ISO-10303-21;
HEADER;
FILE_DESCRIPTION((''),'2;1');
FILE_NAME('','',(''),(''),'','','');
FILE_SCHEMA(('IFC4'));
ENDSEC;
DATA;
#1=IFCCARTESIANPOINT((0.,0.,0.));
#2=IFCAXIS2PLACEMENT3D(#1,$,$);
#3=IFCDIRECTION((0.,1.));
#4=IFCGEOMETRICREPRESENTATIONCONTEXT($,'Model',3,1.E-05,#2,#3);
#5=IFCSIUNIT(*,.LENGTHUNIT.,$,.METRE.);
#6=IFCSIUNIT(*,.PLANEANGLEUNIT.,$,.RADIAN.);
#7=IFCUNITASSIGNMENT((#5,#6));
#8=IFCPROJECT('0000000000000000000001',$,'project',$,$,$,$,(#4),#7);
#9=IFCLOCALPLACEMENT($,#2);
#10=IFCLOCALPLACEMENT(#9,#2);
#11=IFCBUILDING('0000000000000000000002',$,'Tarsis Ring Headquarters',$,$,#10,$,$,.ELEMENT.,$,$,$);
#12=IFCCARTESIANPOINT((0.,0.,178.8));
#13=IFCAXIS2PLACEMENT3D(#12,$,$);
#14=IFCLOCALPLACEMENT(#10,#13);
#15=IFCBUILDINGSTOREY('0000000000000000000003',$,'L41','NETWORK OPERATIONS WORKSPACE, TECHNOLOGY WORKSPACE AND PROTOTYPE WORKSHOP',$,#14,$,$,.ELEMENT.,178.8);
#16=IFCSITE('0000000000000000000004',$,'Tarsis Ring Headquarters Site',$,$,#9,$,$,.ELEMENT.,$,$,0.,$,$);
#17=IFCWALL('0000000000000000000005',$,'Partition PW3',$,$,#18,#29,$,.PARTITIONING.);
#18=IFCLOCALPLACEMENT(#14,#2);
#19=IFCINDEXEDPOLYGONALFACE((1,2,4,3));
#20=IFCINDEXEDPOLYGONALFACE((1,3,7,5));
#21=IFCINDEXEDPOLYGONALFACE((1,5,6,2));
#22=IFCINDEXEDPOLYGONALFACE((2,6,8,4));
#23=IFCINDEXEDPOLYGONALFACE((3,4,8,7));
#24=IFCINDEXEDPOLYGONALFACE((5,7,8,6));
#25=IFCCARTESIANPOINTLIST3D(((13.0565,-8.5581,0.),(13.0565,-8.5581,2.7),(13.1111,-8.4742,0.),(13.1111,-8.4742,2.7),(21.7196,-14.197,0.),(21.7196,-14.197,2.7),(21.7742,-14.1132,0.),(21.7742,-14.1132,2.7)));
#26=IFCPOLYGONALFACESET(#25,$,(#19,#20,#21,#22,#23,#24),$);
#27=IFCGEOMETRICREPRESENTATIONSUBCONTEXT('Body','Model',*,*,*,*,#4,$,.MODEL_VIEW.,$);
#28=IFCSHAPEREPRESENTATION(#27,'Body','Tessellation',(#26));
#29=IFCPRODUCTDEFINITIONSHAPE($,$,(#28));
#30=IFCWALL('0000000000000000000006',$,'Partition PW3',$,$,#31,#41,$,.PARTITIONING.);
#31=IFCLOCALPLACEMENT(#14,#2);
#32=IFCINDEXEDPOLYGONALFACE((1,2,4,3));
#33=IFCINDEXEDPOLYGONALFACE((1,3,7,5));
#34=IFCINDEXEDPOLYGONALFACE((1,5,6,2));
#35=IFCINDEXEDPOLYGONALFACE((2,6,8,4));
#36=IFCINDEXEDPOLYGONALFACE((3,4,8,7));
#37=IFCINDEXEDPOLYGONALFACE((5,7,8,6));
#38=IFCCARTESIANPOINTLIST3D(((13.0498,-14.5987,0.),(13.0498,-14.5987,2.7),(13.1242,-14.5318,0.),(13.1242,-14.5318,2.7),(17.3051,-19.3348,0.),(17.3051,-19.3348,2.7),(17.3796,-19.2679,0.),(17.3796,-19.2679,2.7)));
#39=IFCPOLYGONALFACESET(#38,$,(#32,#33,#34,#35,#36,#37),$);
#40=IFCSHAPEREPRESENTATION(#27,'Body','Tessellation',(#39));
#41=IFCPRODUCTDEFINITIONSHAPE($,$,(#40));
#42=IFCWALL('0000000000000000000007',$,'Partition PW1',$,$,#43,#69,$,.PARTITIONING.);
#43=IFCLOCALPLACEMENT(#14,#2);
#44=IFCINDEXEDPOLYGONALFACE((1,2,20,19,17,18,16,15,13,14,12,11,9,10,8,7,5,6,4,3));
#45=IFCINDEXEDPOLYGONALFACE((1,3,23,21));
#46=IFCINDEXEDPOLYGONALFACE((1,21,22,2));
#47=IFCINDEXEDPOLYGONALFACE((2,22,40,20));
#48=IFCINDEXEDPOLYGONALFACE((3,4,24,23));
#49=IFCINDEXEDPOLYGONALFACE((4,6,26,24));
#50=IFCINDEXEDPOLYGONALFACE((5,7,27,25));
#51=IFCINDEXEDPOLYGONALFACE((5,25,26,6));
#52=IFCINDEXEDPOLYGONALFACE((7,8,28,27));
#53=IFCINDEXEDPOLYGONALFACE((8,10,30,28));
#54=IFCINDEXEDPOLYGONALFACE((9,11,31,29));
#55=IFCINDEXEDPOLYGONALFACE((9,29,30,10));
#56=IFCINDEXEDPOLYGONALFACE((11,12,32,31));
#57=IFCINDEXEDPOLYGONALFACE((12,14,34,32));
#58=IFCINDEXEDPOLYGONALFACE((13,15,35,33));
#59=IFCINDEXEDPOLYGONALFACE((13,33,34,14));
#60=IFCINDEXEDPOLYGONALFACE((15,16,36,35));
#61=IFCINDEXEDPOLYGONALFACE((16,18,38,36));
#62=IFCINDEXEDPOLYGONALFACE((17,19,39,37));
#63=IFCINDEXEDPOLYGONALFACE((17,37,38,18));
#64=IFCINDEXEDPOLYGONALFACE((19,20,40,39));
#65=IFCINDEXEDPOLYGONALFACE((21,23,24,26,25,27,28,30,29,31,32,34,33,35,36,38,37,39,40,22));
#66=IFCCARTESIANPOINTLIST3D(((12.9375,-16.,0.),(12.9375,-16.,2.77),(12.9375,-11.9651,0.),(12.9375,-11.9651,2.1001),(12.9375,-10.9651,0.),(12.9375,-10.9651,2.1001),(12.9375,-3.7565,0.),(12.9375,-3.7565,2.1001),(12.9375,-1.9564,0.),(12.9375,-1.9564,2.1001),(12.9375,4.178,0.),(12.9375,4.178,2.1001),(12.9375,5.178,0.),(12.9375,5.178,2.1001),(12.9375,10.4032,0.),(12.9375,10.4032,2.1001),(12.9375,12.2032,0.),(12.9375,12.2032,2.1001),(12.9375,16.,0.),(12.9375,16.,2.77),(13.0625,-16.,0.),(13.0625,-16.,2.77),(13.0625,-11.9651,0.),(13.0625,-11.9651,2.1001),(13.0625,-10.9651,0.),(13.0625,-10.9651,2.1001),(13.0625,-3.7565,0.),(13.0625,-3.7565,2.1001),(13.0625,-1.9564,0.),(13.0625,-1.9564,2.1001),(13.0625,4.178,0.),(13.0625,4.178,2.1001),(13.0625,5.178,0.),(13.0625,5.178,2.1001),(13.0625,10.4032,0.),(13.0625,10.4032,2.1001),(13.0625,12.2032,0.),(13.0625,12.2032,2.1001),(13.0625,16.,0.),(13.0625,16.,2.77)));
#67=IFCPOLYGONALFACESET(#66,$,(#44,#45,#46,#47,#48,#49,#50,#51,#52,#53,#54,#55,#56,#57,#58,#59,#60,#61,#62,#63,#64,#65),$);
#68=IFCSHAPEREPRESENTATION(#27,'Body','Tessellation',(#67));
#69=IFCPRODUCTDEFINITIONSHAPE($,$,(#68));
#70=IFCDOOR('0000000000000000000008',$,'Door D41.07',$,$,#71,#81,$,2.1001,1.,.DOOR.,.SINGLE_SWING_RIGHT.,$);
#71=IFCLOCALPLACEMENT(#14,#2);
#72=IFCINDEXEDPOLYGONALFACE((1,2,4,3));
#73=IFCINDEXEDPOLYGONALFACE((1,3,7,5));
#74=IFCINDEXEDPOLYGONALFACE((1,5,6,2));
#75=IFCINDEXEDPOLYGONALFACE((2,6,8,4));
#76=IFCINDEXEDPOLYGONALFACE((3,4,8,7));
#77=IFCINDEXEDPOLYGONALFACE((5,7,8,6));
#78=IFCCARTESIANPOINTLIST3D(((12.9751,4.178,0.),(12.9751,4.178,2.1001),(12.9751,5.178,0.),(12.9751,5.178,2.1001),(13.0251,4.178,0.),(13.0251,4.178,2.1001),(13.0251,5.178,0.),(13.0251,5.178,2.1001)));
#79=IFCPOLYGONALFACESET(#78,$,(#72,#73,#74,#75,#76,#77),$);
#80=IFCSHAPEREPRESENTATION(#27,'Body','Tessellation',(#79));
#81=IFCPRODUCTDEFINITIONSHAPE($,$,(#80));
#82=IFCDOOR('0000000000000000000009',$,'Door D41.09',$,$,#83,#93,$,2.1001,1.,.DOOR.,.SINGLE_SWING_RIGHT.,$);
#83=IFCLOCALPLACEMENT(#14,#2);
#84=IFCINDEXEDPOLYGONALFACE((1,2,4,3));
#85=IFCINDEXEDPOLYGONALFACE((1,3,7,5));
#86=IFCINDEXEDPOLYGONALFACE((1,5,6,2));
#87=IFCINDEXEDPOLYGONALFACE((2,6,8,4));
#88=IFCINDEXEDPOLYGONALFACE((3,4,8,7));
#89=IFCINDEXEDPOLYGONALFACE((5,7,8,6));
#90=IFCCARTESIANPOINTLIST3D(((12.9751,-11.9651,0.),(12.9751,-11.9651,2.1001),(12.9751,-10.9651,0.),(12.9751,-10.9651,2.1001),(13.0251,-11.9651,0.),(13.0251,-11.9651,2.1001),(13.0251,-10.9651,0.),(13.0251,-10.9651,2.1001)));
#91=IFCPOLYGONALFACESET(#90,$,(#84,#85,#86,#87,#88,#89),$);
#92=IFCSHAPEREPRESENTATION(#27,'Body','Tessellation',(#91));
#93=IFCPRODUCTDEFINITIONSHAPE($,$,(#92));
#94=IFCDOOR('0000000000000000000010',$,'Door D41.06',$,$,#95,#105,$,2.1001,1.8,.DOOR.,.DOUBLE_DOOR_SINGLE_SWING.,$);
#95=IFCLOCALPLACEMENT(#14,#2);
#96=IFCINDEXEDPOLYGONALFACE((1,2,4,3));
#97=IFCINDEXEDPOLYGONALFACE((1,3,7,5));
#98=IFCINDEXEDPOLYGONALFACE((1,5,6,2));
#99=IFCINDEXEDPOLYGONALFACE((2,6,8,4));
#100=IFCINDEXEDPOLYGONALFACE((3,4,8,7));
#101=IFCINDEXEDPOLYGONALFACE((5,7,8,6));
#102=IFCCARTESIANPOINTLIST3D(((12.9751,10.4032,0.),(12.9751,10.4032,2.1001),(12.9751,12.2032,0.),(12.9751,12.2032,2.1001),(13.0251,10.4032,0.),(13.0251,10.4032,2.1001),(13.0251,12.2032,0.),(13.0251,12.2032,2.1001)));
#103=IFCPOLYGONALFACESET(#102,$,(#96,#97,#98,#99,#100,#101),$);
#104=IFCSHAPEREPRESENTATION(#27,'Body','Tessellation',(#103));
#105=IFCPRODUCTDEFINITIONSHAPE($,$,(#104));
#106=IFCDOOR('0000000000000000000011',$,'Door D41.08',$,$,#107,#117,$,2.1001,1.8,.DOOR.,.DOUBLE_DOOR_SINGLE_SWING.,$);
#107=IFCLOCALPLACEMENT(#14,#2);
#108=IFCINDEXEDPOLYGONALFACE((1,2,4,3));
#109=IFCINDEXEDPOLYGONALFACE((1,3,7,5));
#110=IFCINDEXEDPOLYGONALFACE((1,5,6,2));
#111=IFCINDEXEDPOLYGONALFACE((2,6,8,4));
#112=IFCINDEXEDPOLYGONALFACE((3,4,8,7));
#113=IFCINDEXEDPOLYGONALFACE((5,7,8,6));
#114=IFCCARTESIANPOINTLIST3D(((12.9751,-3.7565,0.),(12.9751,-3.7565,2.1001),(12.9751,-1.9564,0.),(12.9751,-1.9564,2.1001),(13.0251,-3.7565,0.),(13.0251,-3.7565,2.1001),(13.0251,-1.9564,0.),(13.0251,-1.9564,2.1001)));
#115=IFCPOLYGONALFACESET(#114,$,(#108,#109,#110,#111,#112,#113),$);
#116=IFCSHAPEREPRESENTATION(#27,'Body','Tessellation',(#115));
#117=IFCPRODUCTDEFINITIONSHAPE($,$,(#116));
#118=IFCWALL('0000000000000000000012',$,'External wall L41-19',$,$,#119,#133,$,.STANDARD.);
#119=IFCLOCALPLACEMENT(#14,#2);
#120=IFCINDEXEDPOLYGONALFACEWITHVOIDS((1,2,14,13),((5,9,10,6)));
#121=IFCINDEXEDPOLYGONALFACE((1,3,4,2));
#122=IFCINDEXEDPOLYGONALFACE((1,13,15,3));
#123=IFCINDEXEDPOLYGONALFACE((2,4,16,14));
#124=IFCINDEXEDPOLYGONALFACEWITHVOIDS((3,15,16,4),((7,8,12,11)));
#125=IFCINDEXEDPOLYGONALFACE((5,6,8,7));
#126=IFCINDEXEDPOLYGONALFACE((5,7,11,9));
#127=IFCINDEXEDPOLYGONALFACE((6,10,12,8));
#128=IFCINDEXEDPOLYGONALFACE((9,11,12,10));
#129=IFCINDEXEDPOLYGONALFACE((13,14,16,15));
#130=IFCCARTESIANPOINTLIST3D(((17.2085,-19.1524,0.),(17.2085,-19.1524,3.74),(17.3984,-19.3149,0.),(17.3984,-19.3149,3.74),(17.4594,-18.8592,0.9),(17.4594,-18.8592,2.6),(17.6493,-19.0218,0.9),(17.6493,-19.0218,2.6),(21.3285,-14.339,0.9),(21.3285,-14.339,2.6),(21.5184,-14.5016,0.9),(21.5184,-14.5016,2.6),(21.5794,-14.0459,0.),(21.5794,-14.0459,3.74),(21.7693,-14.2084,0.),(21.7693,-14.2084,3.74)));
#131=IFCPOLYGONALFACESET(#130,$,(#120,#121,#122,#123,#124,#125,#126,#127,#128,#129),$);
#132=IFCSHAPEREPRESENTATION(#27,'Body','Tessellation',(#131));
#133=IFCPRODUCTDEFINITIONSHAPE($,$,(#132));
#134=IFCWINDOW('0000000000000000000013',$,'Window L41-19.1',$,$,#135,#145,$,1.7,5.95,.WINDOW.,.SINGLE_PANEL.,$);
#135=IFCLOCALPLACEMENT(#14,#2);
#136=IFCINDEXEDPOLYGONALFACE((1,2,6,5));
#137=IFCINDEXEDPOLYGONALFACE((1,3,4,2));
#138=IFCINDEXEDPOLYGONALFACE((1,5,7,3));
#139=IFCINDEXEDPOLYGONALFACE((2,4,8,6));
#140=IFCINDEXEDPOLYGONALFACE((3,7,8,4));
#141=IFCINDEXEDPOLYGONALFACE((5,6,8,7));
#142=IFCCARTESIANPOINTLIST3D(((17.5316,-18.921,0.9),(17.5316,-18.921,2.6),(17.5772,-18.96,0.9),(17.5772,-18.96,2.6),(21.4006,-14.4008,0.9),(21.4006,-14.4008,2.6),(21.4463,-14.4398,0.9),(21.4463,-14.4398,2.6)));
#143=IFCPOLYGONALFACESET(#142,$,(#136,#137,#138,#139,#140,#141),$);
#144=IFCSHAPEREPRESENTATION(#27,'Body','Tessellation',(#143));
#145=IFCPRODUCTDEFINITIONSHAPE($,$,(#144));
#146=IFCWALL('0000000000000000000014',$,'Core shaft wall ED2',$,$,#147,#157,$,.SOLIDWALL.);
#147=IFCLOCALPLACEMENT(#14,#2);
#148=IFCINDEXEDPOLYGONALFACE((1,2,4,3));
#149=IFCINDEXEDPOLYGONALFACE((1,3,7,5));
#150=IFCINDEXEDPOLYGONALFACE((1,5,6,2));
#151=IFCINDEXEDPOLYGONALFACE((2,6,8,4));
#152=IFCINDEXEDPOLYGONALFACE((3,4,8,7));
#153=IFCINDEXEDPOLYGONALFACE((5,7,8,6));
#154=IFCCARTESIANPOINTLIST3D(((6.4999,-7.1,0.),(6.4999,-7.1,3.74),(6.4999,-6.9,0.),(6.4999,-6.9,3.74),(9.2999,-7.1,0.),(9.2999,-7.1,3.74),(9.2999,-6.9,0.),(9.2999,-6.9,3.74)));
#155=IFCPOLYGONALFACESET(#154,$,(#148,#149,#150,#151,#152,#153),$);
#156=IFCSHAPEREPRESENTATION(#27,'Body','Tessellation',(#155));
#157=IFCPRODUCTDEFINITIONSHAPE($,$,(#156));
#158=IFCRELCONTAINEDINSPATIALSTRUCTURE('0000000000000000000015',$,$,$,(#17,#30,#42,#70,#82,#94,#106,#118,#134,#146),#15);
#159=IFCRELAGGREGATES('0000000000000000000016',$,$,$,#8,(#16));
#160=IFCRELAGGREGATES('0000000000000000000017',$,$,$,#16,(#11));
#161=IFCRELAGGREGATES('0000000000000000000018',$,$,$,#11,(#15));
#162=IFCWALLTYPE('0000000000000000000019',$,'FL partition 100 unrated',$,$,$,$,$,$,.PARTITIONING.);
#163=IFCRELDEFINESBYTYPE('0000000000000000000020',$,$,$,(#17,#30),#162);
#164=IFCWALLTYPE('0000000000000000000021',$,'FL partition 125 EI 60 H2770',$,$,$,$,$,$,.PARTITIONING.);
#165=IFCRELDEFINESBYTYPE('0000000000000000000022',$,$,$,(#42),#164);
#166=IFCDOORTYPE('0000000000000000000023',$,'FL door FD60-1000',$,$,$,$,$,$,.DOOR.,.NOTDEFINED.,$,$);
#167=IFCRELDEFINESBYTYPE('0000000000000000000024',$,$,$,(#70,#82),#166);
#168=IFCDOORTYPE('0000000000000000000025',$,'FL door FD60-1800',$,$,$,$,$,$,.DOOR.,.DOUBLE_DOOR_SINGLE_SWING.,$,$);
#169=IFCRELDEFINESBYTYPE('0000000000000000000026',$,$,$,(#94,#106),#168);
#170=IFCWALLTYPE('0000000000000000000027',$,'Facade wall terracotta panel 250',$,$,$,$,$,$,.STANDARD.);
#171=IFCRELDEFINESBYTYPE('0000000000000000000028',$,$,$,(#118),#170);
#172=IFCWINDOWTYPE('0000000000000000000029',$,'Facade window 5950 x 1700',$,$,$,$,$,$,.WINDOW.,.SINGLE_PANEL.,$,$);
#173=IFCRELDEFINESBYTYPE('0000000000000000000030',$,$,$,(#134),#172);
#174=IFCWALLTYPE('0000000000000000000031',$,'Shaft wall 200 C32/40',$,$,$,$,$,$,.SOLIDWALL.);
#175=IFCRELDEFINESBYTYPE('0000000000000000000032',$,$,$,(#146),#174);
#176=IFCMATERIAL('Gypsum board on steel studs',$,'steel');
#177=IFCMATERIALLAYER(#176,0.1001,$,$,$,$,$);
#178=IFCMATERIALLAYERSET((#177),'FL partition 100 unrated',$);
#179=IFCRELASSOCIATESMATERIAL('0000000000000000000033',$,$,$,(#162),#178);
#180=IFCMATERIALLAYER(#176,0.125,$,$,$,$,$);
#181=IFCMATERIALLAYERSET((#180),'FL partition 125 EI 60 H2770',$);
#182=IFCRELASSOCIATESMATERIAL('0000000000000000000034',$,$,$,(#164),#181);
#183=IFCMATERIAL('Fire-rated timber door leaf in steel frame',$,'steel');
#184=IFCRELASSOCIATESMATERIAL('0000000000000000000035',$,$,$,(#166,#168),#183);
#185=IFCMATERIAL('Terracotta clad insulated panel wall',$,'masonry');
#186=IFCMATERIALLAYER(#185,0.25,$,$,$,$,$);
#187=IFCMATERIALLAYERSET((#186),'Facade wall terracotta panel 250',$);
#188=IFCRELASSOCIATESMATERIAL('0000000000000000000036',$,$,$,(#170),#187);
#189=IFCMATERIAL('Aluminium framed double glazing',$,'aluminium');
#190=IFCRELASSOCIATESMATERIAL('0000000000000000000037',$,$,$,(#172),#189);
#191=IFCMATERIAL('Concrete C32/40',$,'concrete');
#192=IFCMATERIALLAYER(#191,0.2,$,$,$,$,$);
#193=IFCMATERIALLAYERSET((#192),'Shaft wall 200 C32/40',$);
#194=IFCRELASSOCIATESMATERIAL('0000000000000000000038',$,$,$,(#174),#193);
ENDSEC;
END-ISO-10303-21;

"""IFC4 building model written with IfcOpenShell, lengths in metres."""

from ifc_helpers import new_model, si_unit, direction, frame, frame_2d, origin, place, context, subcontext, project, spatial, rectangle, extrude, material, layer, layer_set, type_object, element, fill, save


model = new_model("IFC4")

# Units and contexts
model_context = context("Model", 3, precision=1e-05, world=origin(), true_north=direction((0.0, 1.0)))
body_context = subcontext(model_context, "Body", "Model", "MODEL_VIEW")
ifc_project = project(units=[si_unit("LENGTHUNIT", "METRE"), si_unit("PLANEANGLEUNIT", "RADIAN")], contexts=[model_context])

# Site, building, storey
site_placement = place(None, origin())
site = spatial("IfcSite", under=ifc_project, at=site_placement, Name="Tarsis Ring Headquarters Site", CompositionType="ELEMENT", RefElevation=0.0)
building_placement = place(site_placement, origin())
building = spatial("IfcBuilding", under=site, at=building_placement, Name="Tarsis Ring Headquarters", CompositionType="ELEMENT")
storey_placement = place(building_placement, frame((0.0, 0.0, 178.8)))
storey = spatial("IfcBuildingStorey", under=building, at=storey_placement, Name="L41", Description="NETWORK OPERATIONS WORKSPACE, TECHNOLOGY WORKSPACE AND PROTOTYPE WORKSHOP", CompositionType="ELEMENT", Elevation=178.8)

# Walls
ifc_material_1 = material(Name="Gypsum board on steel studs", Category="steel")
ifc_layer_1 = layer(ifc_material_1, 0.1001)
ifc_layer_set_1 = layer_set([ifc_layer_1], Name="FL partition 100 unrated")
wall_type_1 = type_object("IfcWallType", Name="FL partition 100 unrated", PredefinedType="PARTITIONING", material=ifc_layer_set_1)
wall_1_placement = place(storey_placement, frame((13.0837, -8.5161, 0.0), z_axis=(0.0, 0.0, 1.0), x_axis=(0.838094, -0.545526, 0.0)))
element("IfcWall", 1, at=wall_1_placement, inside=storey, type_object=wall_type_1, Name="Partition PW3", PredefinedType="PARTITIONING", context=body_context, shape_type="SweptSolid", body=[
    extrude(rectangle(XDim=10.3367, YDim=0.1001, at=frame_2d((5.1685, 0.0))), origin(), (0.0, 0.0, 1.0), 2.7),
])
wall_2_placement = place(storey_placement, frame((13.0869, -14.5652, 0.0), z_axis=(0.0, 0.0, 1.0), x_axis=(0.668348, -0.743849, 0.0)))
element("IfcWall", 2, at=wall_2_placement, inside=storey, type_object=wall_type_1, Name="Partition PW3", PredefinedType="PARTITIONING", context=body_context, shape_type="SweptSolid", body=[
    extrude(rectangle(XDim=6.3669, YDim=0.1001, at=frame_2d((3.1836, 0.0))), origin(), (0.0, 0.0, 1.0), 2.7),
])

# Wall, openings, doors
ifc_layer_2 = layer(ifc_material_1, 0.125)
ifc_layer_set_2 = layer_set([ifc_layer_2], Name="FL partition 125 EI 60 H2770")
wall_type_2 = type_object("IfcWallType", Name="FL partition 125 EI 60 H2770", PredefinedType="PARTITIONING", material=ifc_layer_set_2)
wall_3_placement = place(storey_placement, frame((13.0, -16.0, 0.0), z_axis=(0.0, 0.0, 1.0), x_axis=(0.0, 1.0, 0.0)))
wall_3 = element("IfcWall", 3, at=wall_3_placement, inside=storey, type_object=wall_type_2, Name="Partition PW1", PredefinedType="PARTITIONING", context=body_context, shape_type="SweptSolid", body=[
    extrude(rectangle(XDim=32.0, YDim=0.125, at=frame_2d((16.0, 0.0))), origin(), (0.0, 0.0, 1.0), 2.77),
])
opening_1_placement = place(wall_3_placement, frame((26.4033, 0.0, 0.0)))
opening_1 = element("IfcOpeningElement", 4, at=opening_1_placement, cuts=wall_3, PredefinedType="OPENING", context=body_context, shape_type="SweptSolid", body=[
    extrude(rectangle(XDim=1.8, YDim=2.1001, at=frame_2d((0.8999, 1.05))), frame((0.0, 0.0725, 0.0), z_axis=(0.0, -1.0, 0.0), x_axis=(1.0, 0.0, 0.0)), (0.0, 0.0, 1.0), 0.145),
])
opening_2_placement = place(wall_3_placement, frame((20.178, 0.0, 0.0)))
opening_2 = element("IfcOpeningElement", 5, at=opening_2_placement, cuts=wall_3, PredefinedType="OPENING", context=body_context, shape_type="SweptSolid", body=[
    extrude(rectangle(XDim=1.0, YDim=2.1001, at=frame_2d((0.5, 1.05))), frame((0.0, 0.0725, 0.0), z_axis=(0.0, -1.0, 0.0), x_axis=(1.0, 0.0, 0.0)), (0.0, 0.0, 1.0), 0.145),
])
opening_3_placement = place(wall_3_placement, frame((12.2437, 0.0, 0.0)))
opening_3 = element("IfcOpeningElement", 6, at=opening_3_placement, cuts=wall_3, PredefinedType="OPENING", context=body_context, shape_type="SweptSolid", body=[
    extrude(rectangle(XDim=1.8, YDim=2.1001, at=frame_2d((0.8999, 1.05))), frame((0.0, 0.0725, 0.0), z_axis=(0.0, -1.0, 0.0), x_axis=(1.0, 0.0, 0.0)), (0.0, 0.0, 1.0), 0.145),
])
opening_4_placement = place(wall_3_placement, frame((4.0349, 0.0, 0.0)))
opening_4 = element("IfcOpeningElement", 7, at=opening_4_placement, cuts=wall_3, PredefinedType="OPENING", context=body_context, shape_type="SweptSolid", body=[
    extrude(rectangle(XDim=1.0, YDim=2.1001, at=frame_2d((0.5, 1.05))), frame((0.0, 0.0725, 0.0), z_axis=(0.0, -1.0, 0.0), x_axis=(1.0, 0.0, 0.0)), (0.0, 0.0, 1.0), 0.145),
])
ifc_material_2 = material(Name="Fire-rated timber door leaf in steel frame", Category="steel")
door_type_1 = type_object("IfcDoorType", Name="FL door FD60-1000", OperationType="NOTDEFINED", PredefinedType="DOOR", material=ifc_material_2)
door_1_placement = place(opening_2_placement, origin())
door_1 = element("IfcDoor", 8, at=door_1_placement, inside=storey, type_object=door_type_1, Name="Door D41.07", OperationType="SINGLE_SWING_RIGHT", OverallHeight=2.1001, OverallWidth=1.0, PredefinedType="DOOR", context=body_context, shape_type="SweptSolid", body=[
    extrude(rectangle(XDim=1.0, YDim=2.1001, at=frame_2d((0.5, 1.05))), frame((0.0, 0.0249, 0.0), z_axis=(0.0, -1.0, 0.0), x_axis=(1.0, 0.0, 0.0)), (0.0, 0.0, 1.0), 0.05),
])
fill(opening_2, door_1)
door_2_placement = place(opening_4_placement, origin())
door_2 = element("IfcDoor", 9, at=door_2_placement, inside=storey, type_object=door_type_1, Name="Door D41.09", OperationType="SINGLE_SWING_RIGHT", OverallHeight=2.1001, OverallWidth=1.0, PredefinedType="DOOR", context=body_context, shape_type="SweptSolid", body=[
    extrude(rectangle(XDim=1.0, YDim=2.1001, at=frame_2d((0.5, 1.05))), frame((0.0, 0.0249, 0.0), z_axis=(0.0, -1.0, 0.0), x_axis=(1.0, 0.0, 0.0)), (0.0, 0.0, 1.0), 0.05),
])
fill(opening_4, door_2)
door_type_2 = type_object("IfcDoorType", Name="FL door FD60-1800", OperationType="DOUBLE_DOOR_SINGLE_SWING", PredefinedType="DOOR", material=ifc_material_2)
door_3_placement = place(opening_1_placement, origin())
door_3 = element("IfcDoor", 10, at=door_3_placement, inside=storey, type_object=door_type_2, Name="Door D41.06", OperationType="DOUBLE_DOOR_SINGLE_SWING", OverallHeight=2.1001, OverallWidth=1.8, PredefinedType="DOOR", context=body_context, shape_type="SweptSolid", body=[
    extrude(rectangle(XDim=1.8, YDim=2.1001, at=frame_2d((0.8999, 1.05))), frame((0.0, 0.0249, 0.0), z_axis=(0.0, -1.0, 0.0), x_axis=(1.0, 0.0, 0.0)), (0.0, 0.0, 1.0), 0.05),
])
fill(opening_1, door_3)
door_4_placement = place(opening_3_placement, origin())
door_4 = element("IfcDoor", 11, at=door_4_placement, inside=storey, type_object=door_type_2, Name="Door D41.08", OperationType="DOUBLE_DOOR_SINGLE_SWING", OverallHeight=2.1001, OverallWidth=1.8, PredefinedType="DOOR", context=body_context, shape_type="SweptSolid", body=[
    extrude(rectangle(XDim=1.8, YDim=2.1001, at=frame_2d((0.8999, 1.05))), frame((0.0, 0.0249, 0.0), z_axis=(0.0, -1.0, 0.0), x_axis=(1.0, 0.0, 0.0)), (0.0, 0.0, 1.0), 0.05),
])
fill(opening_3, door_4)

# Wall, opening, window
ifc_material_3 = material(Name="Terracotta clad insulated panel wall", Category="masonry")
ifc_layer_3 = layer(ifc_material_3, 0.25)
ifc_layer_set_3 = layer_set([ifc_layer_3], Name="Facade wall terracotta panel 250")
wall_type_3 = type_object("IfcWallType", Name="Facade wall terracotta panel 250", PredefinedType="STANDARD", material=ifc_layer_set_3)
wall_4_placement = place(storey_placement, frame((17.3035, -19.2336, 0.0), z_axis=(0.0, 0.0, 1.0), x_axis=(0.650268, 0.759705, 0.0)))
wall_4 = element("IfcWall", 12, at=wall_4_placement, inside=storey, type_object=wall_type_3, Name="External wall L41-19", PredefinedType="STANDARD", context=body_context, shape_type="SweptSolid", body=[
    extrude(rectangle(XDim=6.7217, YDim=0.25, at=frame_2d((3.3608, 0.0))), origin(), (0.0, 0.0, 1.0), 3.74),
])
opening_5_placement = place(wall_4_placement, frame((0.3857, 0.0, 0.8999)))
opening_5 = element("IfcOpeningElement", 13, at=opening_5_placement, cuts=wall_4, PredefinedType="OPENING", context=body_context, shape_type="SweptSolid", body=[
    extrude(rectangle(XDim=5.95, YDim=1.7, at=frame_2d((2.9751, 0.8501))), frame((0.0, 0.135, 0.0), z_axis=(0.0, -1.0, 0.0), x_axis=(1.0, 0.0, 0.0)), (0.0, 0.0, 1.0), 0.27),
])
ifc_material_4 = material(Name="Aluminium framed double glazing", Category="aluminium")
window_type = type_object("IfcWindowType", Name="Facade window 5950 x 1700", PartitioningType="SINGLE_PANEL", PredefinedType="WINDOW", material=ifc_material_4)
window_placement = place(opening_5_placement, origin())
window = element("IfcWindow", 14, at=window_placement, inside=storey, type_object=window_type, Name="Window L41-19.1", OverallHeight=1.7, OverallWidth=5.95, PartitioningType="SINGLE_PANEL", PredefinedType="WINDOW", context=body_context, shape_type="SweptSolid", body=[
    extrude(rectangle(XDim=5.95, YDim=1.7, at=frame_2d((2.9751, 0.8501))), frame((0.0, 0.03, 0.0), z_axis=(0.0, -1.0, 0.0), x_axis=(1.0, 0.0, 0.0)), (0.0, 0.0, 1.0), 0.0601),
])
fill(opening_5, window)

# Wall
ifc_material_5 = material(Name="Concrete C32/40", Category="concrete")
ifc_layer_4 = layer(ifc_material_5, 0.2)
ifc_layer_set_4 = layer_set([ifc_layer_4], Name="Shaft wall 200 C32/40")
wall_type_4 = type_object("IfcWallType", Name="Shaft wall 200 C32/40", PredefinedType="SOLIDWALL", material=ifc_layer_set_4)
wall_5_placement = place(storey_placement, frame((6.5, -7.0, 0.0), z_axis=(0.0, 0.0, 1.0), x_axis=(1.0, 0.0, 0.0)))
element("IfcWall", 15, at=wall_5_placement, inside=storey, type_object=wall_type_4, Name="Core shaft wall ED2", PredefinedType="SOLIDWALL", context=body_context, shape_type="SweptSolid", body=[
    extrude(rectangle(XDim=2.8, YDim=0.2, at=frame_2d((1.3999, 0.0))), origin(), (0.0, 0.0, 1.0), 3.74),
])

save(model, "model.ifc")
